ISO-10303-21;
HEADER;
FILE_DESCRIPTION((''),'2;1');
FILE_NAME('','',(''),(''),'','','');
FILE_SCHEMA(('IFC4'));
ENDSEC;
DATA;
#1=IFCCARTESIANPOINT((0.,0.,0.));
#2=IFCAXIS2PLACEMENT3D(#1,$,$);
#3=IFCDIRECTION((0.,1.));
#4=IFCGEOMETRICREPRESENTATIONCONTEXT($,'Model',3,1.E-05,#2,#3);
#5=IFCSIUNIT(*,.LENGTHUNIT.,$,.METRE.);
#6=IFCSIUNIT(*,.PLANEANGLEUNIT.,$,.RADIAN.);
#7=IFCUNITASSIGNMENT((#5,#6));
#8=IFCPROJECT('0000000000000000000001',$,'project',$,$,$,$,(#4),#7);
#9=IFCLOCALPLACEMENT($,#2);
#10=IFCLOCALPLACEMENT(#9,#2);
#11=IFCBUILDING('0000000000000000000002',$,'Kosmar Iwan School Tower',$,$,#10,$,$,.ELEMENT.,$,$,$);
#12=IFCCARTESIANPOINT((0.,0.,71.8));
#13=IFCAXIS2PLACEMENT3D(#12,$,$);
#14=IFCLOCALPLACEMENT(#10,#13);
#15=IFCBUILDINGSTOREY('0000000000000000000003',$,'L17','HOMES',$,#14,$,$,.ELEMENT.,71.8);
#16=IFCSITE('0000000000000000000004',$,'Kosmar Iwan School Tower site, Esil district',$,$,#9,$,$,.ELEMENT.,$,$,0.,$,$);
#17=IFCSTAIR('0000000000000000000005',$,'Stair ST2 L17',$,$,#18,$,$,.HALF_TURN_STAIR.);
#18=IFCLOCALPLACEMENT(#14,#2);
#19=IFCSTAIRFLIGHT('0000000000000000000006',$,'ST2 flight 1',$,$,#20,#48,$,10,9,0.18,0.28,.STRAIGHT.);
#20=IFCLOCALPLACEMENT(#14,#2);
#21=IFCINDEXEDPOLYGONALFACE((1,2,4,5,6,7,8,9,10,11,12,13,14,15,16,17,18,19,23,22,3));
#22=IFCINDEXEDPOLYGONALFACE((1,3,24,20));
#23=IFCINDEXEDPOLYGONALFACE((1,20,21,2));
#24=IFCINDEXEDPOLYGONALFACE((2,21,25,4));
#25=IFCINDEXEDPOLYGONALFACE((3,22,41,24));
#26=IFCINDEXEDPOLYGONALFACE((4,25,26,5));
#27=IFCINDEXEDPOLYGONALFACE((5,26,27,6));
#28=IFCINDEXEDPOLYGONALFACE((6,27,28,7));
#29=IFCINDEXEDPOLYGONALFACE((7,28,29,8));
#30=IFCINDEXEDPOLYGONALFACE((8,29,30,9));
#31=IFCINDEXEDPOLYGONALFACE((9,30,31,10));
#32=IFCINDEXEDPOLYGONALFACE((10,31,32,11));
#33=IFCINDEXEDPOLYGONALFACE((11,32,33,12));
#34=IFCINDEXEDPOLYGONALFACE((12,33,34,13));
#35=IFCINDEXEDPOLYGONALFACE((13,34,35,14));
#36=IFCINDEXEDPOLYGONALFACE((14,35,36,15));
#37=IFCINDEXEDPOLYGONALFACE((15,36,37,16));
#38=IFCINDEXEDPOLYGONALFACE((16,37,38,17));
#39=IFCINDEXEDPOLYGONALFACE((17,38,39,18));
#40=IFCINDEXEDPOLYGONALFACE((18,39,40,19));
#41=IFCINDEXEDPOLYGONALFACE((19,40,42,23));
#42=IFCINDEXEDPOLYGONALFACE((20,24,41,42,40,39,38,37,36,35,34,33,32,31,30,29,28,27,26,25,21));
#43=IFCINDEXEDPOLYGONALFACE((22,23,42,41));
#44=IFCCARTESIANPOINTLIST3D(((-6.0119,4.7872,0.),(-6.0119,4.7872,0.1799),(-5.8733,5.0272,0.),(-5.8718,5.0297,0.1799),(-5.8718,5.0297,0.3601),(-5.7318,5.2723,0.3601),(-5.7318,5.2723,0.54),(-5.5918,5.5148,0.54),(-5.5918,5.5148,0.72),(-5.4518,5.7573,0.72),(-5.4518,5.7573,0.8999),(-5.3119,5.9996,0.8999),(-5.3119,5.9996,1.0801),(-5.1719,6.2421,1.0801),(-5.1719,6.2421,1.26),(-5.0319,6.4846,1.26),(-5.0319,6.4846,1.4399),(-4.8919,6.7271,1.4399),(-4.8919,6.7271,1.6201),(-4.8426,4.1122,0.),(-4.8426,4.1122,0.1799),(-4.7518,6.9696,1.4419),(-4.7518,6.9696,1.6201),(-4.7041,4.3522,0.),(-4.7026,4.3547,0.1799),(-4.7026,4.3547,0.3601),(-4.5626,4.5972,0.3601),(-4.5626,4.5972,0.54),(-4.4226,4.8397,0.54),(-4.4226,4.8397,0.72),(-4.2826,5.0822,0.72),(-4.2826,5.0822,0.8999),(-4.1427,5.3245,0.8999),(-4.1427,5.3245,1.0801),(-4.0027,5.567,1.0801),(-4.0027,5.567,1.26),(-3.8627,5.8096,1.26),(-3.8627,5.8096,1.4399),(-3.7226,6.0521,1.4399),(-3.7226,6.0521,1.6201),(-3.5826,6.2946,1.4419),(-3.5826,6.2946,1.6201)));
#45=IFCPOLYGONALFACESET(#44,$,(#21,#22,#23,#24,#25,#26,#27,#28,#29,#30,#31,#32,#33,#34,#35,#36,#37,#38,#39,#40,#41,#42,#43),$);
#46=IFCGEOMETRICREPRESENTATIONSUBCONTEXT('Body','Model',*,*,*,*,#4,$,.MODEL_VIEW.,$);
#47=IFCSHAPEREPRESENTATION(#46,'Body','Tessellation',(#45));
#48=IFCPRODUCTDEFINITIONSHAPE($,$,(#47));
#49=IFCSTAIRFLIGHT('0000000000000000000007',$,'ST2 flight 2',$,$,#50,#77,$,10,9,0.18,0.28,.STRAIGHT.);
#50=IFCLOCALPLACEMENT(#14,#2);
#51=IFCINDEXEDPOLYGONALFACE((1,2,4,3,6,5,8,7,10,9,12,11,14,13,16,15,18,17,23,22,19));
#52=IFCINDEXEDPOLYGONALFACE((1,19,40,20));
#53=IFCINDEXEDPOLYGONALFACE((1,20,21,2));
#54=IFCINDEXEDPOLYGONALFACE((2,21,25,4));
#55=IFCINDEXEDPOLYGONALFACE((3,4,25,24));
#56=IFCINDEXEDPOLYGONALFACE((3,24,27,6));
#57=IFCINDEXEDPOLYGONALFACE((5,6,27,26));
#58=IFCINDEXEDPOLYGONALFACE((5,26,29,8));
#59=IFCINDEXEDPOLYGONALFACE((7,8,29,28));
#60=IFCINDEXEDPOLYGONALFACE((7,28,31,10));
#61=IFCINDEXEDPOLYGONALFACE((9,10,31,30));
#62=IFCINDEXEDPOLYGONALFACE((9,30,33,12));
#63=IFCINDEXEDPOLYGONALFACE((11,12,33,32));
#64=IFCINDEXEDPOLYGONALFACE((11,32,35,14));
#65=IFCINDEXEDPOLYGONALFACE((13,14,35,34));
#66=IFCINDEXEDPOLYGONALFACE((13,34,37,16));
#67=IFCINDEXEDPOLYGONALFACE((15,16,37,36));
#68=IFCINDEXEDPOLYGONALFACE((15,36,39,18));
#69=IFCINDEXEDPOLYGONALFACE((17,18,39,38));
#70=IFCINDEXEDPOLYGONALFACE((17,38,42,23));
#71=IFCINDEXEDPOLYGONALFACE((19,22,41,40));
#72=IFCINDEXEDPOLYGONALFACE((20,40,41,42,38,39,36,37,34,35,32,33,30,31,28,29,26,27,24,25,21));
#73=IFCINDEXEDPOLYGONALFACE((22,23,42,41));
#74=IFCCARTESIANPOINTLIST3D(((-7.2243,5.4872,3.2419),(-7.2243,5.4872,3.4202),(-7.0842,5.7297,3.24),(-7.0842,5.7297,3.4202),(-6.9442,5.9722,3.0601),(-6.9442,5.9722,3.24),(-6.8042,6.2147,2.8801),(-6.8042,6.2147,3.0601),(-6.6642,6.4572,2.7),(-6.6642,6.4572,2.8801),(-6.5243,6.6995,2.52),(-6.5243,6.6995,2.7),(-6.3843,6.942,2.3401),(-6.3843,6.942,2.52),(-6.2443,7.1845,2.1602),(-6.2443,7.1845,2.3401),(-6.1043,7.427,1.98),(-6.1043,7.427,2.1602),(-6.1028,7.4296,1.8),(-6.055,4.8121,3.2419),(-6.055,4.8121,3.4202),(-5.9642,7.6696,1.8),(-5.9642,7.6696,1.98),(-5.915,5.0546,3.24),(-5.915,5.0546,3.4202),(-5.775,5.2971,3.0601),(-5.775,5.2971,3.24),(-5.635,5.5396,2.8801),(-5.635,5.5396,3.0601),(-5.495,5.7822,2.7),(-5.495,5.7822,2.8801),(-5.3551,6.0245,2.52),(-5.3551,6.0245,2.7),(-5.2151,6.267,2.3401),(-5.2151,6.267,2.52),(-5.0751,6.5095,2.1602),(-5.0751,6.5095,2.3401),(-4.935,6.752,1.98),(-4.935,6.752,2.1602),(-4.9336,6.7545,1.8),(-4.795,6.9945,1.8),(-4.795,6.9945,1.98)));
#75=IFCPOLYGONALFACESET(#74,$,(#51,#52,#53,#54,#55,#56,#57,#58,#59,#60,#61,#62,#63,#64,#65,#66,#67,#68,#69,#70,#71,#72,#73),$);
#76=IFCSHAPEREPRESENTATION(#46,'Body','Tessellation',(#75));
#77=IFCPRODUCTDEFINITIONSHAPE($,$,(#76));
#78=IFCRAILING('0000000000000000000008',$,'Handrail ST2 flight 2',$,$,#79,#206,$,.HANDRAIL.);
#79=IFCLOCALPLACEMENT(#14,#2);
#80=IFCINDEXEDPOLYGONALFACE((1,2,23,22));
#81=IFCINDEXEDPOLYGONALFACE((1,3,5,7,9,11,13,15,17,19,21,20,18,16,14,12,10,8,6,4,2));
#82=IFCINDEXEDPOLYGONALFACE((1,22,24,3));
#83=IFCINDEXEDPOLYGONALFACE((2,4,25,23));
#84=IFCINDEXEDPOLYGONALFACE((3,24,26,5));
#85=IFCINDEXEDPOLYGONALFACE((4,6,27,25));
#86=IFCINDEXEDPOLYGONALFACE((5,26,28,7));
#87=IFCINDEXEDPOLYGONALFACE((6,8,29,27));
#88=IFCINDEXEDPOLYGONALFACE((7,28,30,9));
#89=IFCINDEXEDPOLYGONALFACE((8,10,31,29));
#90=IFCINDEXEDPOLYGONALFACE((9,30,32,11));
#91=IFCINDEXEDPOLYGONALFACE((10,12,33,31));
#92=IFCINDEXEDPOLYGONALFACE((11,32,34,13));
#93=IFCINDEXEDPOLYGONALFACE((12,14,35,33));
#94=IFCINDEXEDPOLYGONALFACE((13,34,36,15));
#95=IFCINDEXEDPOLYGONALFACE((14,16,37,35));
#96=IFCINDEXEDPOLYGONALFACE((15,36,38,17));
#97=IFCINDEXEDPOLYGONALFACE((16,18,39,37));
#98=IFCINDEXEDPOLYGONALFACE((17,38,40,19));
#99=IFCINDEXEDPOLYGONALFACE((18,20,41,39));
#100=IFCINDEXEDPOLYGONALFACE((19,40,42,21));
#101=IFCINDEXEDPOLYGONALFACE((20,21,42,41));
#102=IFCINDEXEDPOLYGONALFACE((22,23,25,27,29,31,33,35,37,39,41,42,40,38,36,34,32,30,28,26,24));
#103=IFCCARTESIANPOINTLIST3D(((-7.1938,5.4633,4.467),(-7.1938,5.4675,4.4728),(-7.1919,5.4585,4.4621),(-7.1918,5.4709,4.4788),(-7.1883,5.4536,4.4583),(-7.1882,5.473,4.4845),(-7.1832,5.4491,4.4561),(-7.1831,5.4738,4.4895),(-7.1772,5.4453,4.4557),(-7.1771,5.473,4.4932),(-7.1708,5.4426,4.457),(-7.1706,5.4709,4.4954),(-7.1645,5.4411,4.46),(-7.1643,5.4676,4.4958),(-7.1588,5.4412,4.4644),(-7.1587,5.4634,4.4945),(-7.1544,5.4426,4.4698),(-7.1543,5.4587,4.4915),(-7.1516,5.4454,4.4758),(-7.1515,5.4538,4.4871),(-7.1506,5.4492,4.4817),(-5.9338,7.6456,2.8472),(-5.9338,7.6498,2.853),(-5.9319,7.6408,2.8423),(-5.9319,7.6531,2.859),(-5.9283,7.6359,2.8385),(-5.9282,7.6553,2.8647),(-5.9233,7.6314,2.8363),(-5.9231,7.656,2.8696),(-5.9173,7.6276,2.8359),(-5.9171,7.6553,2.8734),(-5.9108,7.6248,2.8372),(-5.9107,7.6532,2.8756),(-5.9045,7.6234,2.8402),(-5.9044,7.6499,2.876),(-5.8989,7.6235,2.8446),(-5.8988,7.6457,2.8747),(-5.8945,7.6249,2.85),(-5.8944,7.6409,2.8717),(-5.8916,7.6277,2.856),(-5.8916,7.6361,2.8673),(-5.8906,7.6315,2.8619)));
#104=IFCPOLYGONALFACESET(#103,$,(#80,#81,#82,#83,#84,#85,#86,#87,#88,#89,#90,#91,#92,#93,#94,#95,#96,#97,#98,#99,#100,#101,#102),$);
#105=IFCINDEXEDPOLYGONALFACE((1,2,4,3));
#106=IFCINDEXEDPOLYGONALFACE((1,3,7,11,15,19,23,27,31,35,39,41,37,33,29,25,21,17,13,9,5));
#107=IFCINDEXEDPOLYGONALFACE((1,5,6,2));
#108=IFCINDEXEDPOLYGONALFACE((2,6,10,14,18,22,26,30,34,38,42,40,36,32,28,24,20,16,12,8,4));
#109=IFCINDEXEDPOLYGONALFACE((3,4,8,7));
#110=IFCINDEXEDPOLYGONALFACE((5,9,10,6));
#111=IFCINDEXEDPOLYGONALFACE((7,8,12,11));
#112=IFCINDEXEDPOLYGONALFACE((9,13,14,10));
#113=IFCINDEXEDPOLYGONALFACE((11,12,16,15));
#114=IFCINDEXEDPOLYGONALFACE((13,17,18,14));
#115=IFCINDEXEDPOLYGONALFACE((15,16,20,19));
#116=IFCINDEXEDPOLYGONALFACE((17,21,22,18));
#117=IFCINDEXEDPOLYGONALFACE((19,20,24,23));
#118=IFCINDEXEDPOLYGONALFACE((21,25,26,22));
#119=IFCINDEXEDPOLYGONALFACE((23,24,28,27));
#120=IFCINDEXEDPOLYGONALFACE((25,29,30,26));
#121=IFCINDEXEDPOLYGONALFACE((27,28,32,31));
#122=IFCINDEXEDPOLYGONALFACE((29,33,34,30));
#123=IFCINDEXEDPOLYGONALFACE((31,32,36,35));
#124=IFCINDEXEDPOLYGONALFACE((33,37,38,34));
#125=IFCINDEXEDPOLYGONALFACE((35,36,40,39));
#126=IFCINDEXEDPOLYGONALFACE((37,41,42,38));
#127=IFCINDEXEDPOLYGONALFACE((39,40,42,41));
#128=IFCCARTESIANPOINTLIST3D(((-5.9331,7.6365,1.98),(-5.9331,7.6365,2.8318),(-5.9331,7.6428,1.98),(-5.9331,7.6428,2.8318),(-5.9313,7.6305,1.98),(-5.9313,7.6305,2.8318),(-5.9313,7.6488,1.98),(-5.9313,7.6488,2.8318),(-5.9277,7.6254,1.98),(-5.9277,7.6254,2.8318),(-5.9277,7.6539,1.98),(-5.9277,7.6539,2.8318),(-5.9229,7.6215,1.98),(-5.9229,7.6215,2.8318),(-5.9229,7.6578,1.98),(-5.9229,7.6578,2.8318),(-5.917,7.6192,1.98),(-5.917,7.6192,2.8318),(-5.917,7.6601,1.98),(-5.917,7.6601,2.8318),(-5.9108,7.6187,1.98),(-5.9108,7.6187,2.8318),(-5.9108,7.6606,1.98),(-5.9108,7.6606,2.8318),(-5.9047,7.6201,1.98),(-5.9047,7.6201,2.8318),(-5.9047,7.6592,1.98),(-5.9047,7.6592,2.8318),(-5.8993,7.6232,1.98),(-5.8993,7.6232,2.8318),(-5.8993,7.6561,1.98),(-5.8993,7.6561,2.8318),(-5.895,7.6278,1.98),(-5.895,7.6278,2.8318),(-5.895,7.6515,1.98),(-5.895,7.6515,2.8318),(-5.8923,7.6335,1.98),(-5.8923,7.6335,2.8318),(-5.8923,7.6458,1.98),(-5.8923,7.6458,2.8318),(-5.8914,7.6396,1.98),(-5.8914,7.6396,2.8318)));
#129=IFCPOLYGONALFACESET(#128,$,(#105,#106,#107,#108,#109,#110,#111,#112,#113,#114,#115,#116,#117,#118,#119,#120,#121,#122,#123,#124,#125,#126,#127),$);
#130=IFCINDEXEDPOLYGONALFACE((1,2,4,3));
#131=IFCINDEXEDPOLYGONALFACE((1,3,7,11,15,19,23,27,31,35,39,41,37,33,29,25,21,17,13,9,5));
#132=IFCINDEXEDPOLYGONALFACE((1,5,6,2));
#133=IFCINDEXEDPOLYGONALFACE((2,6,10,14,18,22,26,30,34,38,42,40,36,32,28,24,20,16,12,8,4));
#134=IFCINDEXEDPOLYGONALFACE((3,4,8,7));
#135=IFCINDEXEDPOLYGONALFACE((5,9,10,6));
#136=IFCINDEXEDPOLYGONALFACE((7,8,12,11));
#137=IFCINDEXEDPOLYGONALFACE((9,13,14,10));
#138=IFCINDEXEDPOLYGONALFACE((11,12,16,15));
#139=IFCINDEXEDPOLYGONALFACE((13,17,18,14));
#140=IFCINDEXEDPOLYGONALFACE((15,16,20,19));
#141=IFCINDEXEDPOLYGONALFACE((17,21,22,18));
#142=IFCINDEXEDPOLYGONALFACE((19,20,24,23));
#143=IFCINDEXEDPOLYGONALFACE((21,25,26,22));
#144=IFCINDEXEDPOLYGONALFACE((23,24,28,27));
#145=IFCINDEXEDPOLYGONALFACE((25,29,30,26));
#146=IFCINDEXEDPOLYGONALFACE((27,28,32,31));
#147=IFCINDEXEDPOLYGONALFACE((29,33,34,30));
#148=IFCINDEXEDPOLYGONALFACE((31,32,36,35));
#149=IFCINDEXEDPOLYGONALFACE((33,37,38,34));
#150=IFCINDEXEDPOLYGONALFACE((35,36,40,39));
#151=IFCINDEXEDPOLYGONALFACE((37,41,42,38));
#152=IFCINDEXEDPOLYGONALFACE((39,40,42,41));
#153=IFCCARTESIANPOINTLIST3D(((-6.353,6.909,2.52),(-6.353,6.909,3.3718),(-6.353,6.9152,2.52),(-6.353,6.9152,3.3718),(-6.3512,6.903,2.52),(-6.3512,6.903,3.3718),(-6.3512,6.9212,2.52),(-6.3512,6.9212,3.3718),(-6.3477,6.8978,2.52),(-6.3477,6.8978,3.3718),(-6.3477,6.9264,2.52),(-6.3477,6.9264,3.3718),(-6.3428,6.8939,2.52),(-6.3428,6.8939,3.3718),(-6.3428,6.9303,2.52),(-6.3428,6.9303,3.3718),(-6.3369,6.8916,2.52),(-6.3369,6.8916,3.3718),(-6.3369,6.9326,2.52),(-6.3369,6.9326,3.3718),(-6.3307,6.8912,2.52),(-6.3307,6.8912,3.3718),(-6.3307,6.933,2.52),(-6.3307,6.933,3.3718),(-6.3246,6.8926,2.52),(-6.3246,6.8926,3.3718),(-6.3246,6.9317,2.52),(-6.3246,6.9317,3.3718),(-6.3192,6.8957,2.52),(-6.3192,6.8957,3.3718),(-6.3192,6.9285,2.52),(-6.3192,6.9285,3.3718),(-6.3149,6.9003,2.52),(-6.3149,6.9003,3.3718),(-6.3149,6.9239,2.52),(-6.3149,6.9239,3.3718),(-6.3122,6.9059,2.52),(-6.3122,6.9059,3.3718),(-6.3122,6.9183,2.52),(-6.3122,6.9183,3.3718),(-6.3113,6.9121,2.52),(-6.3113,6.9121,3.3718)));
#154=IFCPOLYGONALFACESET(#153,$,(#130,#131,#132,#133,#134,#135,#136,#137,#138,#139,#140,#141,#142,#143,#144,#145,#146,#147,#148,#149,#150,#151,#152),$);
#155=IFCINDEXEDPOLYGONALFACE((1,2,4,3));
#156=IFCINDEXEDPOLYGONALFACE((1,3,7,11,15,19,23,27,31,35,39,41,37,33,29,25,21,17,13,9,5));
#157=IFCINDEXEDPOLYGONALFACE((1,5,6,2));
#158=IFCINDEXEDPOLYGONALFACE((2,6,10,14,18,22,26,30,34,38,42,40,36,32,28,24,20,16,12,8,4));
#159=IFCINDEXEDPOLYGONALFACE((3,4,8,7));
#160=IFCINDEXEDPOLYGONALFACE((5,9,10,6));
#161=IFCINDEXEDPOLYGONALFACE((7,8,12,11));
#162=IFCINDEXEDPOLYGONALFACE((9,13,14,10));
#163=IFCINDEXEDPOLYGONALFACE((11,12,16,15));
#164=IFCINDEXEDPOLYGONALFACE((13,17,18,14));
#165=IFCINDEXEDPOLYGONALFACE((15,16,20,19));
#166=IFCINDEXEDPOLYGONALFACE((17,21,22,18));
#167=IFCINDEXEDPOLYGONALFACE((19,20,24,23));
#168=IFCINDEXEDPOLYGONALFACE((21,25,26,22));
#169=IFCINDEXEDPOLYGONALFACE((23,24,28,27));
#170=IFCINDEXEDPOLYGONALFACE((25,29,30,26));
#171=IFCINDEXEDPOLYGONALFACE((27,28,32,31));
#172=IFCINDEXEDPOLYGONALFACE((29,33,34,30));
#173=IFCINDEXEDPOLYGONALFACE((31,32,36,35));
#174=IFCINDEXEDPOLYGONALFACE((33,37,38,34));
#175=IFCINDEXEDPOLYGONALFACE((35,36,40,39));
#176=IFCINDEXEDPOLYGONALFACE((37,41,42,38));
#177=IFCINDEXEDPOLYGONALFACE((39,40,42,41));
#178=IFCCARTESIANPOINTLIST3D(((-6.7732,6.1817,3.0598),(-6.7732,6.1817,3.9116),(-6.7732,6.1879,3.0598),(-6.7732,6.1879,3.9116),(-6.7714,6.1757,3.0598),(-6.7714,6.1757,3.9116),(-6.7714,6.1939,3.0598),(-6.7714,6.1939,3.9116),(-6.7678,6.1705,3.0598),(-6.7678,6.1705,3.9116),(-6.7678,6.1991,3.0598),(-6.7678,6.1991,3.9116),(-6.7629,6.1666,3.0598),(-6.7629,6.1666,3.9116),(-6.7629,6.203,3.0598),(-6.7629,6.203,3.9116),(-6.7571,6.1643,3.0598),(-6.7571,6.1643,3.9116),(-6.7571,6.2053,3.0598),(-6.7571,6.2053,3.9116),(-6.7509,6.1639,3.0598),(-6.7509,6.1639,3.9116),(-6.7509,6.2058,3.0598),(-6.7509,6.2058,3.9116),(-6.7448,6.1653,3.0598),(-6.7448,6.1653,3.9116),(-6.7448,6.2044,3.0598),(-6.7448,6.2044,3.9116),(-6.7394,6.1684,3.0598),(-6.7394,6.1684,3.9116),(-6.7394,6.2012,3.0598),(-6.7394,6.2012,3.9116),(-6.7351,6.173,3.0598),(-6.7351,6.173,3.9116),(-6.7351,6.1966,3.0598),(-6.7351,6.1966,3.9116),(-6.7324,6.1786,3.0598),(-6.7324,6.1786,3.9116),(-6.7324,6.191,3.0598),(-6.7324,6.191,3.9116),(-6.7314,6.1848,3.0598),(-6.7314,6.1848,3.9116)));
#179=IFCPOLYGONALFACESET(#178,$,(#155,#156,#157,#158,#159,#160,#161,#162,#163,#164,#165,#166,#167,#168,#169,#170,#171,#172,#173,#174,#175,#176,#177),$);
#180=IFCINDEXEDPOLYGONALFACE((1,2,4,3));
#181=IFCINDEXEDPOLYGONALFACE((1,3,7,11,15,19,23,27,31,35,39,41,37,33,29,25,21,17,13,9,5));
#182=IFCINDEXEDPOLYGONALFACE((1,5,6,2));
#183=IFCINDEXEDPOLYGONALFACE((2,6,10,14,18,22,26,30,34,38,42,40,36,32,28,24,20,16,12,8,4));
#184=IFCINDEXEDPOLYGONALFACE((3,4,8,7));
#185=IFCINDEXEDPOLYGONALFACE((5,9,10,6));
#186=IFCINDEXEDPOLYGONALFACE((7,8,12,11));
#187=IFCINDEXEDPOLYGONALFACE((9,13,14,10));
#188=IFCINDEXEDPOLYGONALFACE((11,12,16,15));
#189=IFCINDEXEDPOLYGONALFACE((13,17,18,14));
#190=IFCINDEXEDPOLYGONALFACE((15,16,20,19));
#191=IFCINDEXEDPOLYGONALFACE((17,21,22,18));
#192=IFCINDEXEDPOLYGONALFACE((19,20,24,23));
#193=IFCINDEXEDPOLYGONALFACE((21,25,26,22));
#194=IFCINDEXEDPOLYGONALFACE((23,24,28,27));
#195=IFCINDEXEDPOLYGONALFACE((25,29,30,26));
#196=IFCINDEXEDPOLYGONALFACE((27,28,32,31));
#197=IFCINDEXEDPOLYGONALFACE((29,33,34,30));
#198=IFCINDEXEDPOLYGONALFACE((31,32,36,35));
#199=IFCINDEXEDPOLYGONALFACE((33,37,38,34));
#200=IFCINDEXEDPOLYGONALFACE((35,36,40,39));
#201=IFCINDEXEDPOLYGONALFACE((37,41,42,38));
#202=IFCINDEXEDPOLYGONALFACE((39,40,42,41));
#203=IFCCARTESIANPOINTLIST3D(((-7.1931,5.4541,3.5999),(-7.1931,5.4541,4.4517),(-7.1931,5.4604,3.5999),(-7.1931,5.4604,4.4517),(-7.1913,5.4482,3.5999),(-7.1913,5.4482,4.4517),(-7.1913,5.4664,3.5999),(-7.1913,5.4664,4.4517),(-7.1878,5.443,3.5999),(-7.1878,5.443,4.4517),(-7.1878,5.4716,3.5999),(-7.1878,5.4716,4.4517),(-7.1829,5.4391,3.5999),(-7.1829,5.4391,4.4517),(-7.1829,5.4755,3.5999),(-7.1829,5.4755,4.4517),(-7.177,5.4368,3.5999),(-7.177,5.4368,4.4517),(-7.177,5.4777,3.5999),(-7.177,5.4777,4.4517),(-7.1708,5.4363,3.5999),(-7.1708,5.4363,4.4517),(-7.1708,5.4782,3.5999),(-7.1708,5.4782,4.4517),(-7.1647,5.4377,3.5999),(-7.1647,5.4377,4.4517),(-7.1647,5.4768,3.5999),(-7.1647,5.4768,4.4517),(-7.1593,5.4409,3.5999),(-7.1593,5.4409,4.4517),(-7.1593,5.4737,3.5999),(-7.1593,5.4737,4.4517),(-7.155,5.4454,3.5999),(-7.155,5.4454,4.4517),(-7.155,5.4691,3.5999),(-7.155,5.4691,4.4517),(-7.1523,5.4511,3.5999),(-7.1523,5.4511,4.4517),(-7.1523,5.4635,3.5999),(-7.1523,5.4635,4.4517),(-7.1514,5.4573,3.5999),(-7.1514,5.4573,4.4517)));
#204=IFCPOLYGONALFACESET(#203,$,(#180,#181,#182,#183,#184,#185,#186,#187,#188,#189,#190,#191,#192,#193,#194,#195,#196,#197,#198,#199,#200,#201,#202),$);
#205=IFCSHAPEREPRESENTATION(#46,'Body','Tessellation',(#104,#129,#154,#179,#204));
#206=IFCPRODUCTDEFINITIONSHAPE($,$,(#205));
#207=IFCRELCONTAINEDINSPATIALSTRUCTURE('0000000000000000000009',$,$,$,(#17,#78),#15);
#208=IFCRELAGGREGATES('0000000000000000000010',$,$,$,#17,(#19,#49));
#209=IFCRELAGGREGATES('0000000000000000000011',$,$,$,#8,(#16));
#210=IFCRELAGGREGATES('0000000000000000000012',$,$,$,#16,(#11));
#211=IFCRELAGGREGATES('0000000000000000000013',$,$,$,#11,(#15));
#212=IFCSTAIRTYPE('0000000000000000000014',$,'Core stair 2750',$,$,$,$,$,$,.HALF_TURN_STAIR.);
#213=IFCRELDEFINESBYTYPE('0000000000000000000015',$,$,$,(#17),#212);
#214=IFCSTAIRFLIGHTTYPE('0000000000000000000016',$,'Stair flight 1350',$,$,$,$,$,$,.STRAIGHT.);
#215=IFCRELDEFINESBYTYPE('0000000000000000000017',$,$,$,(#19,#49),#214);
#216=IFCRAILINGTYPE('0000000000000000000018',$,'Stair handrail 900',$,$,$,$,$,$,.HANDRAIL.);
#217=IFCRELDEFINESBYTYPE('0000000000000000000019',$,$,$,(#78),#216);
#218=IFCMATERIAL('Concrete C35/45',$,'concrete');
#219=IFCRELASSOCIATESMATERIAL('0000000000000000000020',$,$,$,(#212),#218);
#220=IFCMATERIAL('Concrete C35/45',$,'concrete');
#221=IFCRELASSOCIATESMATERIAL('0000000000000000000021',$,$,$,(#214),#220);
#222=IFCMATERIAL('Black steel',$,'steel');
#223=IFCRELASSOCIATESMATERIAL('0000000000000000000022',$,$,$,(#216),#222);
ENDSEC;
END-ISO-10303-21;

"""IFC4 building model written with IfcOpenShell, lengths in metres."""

from ifc_helpers import new_model, si_unit, direction, frame, origin, origin_2d, place, context, subcontext, project, spatial, polyline, circle, outline, extrude, material, type_object, element, aggregate, save


model = new_model("IFC4")

# Units and contexts
model_context = context("Model", 3, precision=1e-05, world=origin(), true_north=direction((0.0, 1.0)))
body_context = subcontext(model_context, "Body", "Model", "MODEL_VIEW")
ifc_project = project(units=[si_unit("LENGTHUNIT", "METRE"), si_unit("PLANEANGLEUNIT", "RADIAN")], contexts=[model_context])

# Site, building, storey
site_placement = place(None, origin())
site = spatial("IfcSite", under=ifc_project, at=site_placement, Name="Kosmar Iwan School Tower site, Esil district", CompositionType="ELEMENT", RefElevation=0.0)
building_placement = place(site_placement, origin())
building = spatial("IfcBuilding", under=site, at=building_placement, Name="Kosmar Iwan School Tower", CompositionType="ELEMENT")
storey_placement = place(building_placement, frame((0.0, 0.0, 71.8)))
storey = spatial("IfcBuildingStorey", under=building, at=storey_placement, Name="L17", Description="HOMES", CompositionType="ELEMENT", Elevation=71.8)

# Stair, stair flights
ifc_material_1 = material(Name="Concrete C35/45", Category="concrete")
stair_type = type_object("IfcStairType", Name="Core stair 2750", PredefinedType="HALF_TURN_STAIR", material=ifc_material_1)
stair_placement = place(storey_placement, origin())
stair = element("IfcStair", 1, at=stair_placement, inside=storey, type_object=stair_type, Name="Stair ST2 L17", PredefinedType="HALF_TURN_STAIR")
ifc_material_2 = material(Name="Concrete C35/45", Category="concrete")
stair_flight_type = type_object("IfcStairFlightType", Name="Stair flight 1350", PredefinedType="STRAIGHT", material=ifc_material_2)
stair_flight_1_placement = place(storey_placement, frame((-5.4272, 4.4497, 0.0), z_axis=(0.0, 0.0, 1.0), x_axis=(0.5, 0.866025, 0.0)))
stair_flight_1 = element("IfcStairFlight", 2, at=stair_flight_1_placement, type_object=stair_flight_type, Name="ST2 flight 1", NumberOfRisers=10, NumberOfTreads=9, PredefinedType="STRAIGHT", RiserHeight=0.18, TreadLength=0.28, context=body_context, shape_type="SweptSolid", body=[
    extrude(outline(polyline([(0.0, 0.0), (0.0, 0.1799), (0.28, 0.1799), (0.28, 0.3601), (0.5601, 0.3601), (0.5601, 0.54), (0.8401, 0.54), (0.8401, 0.72), (1.1201, 0.72), (1.1201, 0.8999), (1.3999, 0.8999), (1.3999, 1.0801), (1.6799, 1.0801), (1.6799, 1.26), (1.96, 1.26), (1.96, 1.4399), (2.24, 1.4399), (2.24, 1.6201), (2.52, 1.6201), (2.52, 1.8), (2.52, 1.4419), (0.2771, 0.0), (0.0, 0.0)])), frame((0.0, 0.675, 0.0), z_axis=(0.0, -1.0, 0.0), x_axis=(1.0, 0.0, 0.0)), (0.0, 0.0, 1.0), 1.3501),
])
stair_flight_2_placement = place(storey_placement, frame((-5.3796, 7.332, 1.8), z_axis=(0.0, 0.0, 1.0), x_axis=(-0.5, -0.866025, 0.0)))
stair_flight_2 = element("IfcStairFlight", 3, at=stair_flight_2_placement, type_object=stair_flight_type, Name="ST2 flight 2", NumberOfRisers=10, NumberOfTreads=9, PredefinedType="STRAIGHT", RiserHeight=0.18, TreadLength=0.28, context=body_context, shape_type="SweptSolid", body=[
    extrude(outline(polyline([(0.0, 0.0), (0.0, 0.1799), (0.28, 0.1799), (0.28, 0.3601), (0.5601, 0.3601), (0.5601, 0.54), (0.8401, 0.54), (0.8401, 0.72), (1.1201, 0.72), (1.1201, 0.8999), (1.3999, 0.8999), (1.3999, 1.0801), (1.6799, 1.0801), (1.6799, 1.26), (1.96, 1.26), (1.96, 1.4399), (2.24, 1.4399), (2.24, 1.6201), (2.52, 1.6201), (2.52, 1.8), (2.52, 1.4419), (0.2771, 0.0), (0.0, 0.0)])), frame((0.0, 0.675, 0.0), z_axis=(0.0, -1.0, 0.0), x_axis=(1.0, 0.0, 0.0)), (0.0, 0.0, 1.0), 1.3501),
])
aggregate(stair, [stair_flight_1, stair_flight_2])

# Railing
ifc_material_3 = material(Name="Black steel", Category="steel")
railing_type = type_object("IfcRailingType", Name="Stair handrail 900", PredefinedType="HANDRAIL", material=ifc_material_3)
railing_placement = place(storey_placement, frame((-5.9124, 7.6396, 1.98)))
element("IfcRailing", 4, at=railing_placement, inside=storey, type_object=railing_type, Name="Handrail ST2 flight 2", PredefinedType="HANDRAIL", context=body_context, shape_type="SweptSolid", body=[
    extrude(circle(Radius=0.0239, at=origin_2d()), frame((0.0, 0.0, 0.876), z_axis=(-0.420603, -0.728496, 0.540728), x_axis=(0.866023, -0.500005, 0.0)), (0.0, 0.0, 1.0), 2.9956),
    extrude(circle(Radius=0.021, at=origin_2d()), origin(), (0.0, 0.0, 1.0), 0.8518),
    extrude(circle(Radius=0.021, at=origin_2d()), frame((-0.4199, -0.7275, 0.54)), (0.0, 0.0, 1.0), 0.8518),
    extrude(circle(Radius=0.021, at=origin_2d()), frame((-0.8401, -1.4548, 1.0798)), (0.0, 0.0, 1.0), 0.8518),
    extrude(circle(Radius=0.021, at=origin_2d()), frame((-1.26, -2.1824, 1.6199)), (0.0, 0.0, 1.0), 0.8518),
])

save(model, "model.ifc")
